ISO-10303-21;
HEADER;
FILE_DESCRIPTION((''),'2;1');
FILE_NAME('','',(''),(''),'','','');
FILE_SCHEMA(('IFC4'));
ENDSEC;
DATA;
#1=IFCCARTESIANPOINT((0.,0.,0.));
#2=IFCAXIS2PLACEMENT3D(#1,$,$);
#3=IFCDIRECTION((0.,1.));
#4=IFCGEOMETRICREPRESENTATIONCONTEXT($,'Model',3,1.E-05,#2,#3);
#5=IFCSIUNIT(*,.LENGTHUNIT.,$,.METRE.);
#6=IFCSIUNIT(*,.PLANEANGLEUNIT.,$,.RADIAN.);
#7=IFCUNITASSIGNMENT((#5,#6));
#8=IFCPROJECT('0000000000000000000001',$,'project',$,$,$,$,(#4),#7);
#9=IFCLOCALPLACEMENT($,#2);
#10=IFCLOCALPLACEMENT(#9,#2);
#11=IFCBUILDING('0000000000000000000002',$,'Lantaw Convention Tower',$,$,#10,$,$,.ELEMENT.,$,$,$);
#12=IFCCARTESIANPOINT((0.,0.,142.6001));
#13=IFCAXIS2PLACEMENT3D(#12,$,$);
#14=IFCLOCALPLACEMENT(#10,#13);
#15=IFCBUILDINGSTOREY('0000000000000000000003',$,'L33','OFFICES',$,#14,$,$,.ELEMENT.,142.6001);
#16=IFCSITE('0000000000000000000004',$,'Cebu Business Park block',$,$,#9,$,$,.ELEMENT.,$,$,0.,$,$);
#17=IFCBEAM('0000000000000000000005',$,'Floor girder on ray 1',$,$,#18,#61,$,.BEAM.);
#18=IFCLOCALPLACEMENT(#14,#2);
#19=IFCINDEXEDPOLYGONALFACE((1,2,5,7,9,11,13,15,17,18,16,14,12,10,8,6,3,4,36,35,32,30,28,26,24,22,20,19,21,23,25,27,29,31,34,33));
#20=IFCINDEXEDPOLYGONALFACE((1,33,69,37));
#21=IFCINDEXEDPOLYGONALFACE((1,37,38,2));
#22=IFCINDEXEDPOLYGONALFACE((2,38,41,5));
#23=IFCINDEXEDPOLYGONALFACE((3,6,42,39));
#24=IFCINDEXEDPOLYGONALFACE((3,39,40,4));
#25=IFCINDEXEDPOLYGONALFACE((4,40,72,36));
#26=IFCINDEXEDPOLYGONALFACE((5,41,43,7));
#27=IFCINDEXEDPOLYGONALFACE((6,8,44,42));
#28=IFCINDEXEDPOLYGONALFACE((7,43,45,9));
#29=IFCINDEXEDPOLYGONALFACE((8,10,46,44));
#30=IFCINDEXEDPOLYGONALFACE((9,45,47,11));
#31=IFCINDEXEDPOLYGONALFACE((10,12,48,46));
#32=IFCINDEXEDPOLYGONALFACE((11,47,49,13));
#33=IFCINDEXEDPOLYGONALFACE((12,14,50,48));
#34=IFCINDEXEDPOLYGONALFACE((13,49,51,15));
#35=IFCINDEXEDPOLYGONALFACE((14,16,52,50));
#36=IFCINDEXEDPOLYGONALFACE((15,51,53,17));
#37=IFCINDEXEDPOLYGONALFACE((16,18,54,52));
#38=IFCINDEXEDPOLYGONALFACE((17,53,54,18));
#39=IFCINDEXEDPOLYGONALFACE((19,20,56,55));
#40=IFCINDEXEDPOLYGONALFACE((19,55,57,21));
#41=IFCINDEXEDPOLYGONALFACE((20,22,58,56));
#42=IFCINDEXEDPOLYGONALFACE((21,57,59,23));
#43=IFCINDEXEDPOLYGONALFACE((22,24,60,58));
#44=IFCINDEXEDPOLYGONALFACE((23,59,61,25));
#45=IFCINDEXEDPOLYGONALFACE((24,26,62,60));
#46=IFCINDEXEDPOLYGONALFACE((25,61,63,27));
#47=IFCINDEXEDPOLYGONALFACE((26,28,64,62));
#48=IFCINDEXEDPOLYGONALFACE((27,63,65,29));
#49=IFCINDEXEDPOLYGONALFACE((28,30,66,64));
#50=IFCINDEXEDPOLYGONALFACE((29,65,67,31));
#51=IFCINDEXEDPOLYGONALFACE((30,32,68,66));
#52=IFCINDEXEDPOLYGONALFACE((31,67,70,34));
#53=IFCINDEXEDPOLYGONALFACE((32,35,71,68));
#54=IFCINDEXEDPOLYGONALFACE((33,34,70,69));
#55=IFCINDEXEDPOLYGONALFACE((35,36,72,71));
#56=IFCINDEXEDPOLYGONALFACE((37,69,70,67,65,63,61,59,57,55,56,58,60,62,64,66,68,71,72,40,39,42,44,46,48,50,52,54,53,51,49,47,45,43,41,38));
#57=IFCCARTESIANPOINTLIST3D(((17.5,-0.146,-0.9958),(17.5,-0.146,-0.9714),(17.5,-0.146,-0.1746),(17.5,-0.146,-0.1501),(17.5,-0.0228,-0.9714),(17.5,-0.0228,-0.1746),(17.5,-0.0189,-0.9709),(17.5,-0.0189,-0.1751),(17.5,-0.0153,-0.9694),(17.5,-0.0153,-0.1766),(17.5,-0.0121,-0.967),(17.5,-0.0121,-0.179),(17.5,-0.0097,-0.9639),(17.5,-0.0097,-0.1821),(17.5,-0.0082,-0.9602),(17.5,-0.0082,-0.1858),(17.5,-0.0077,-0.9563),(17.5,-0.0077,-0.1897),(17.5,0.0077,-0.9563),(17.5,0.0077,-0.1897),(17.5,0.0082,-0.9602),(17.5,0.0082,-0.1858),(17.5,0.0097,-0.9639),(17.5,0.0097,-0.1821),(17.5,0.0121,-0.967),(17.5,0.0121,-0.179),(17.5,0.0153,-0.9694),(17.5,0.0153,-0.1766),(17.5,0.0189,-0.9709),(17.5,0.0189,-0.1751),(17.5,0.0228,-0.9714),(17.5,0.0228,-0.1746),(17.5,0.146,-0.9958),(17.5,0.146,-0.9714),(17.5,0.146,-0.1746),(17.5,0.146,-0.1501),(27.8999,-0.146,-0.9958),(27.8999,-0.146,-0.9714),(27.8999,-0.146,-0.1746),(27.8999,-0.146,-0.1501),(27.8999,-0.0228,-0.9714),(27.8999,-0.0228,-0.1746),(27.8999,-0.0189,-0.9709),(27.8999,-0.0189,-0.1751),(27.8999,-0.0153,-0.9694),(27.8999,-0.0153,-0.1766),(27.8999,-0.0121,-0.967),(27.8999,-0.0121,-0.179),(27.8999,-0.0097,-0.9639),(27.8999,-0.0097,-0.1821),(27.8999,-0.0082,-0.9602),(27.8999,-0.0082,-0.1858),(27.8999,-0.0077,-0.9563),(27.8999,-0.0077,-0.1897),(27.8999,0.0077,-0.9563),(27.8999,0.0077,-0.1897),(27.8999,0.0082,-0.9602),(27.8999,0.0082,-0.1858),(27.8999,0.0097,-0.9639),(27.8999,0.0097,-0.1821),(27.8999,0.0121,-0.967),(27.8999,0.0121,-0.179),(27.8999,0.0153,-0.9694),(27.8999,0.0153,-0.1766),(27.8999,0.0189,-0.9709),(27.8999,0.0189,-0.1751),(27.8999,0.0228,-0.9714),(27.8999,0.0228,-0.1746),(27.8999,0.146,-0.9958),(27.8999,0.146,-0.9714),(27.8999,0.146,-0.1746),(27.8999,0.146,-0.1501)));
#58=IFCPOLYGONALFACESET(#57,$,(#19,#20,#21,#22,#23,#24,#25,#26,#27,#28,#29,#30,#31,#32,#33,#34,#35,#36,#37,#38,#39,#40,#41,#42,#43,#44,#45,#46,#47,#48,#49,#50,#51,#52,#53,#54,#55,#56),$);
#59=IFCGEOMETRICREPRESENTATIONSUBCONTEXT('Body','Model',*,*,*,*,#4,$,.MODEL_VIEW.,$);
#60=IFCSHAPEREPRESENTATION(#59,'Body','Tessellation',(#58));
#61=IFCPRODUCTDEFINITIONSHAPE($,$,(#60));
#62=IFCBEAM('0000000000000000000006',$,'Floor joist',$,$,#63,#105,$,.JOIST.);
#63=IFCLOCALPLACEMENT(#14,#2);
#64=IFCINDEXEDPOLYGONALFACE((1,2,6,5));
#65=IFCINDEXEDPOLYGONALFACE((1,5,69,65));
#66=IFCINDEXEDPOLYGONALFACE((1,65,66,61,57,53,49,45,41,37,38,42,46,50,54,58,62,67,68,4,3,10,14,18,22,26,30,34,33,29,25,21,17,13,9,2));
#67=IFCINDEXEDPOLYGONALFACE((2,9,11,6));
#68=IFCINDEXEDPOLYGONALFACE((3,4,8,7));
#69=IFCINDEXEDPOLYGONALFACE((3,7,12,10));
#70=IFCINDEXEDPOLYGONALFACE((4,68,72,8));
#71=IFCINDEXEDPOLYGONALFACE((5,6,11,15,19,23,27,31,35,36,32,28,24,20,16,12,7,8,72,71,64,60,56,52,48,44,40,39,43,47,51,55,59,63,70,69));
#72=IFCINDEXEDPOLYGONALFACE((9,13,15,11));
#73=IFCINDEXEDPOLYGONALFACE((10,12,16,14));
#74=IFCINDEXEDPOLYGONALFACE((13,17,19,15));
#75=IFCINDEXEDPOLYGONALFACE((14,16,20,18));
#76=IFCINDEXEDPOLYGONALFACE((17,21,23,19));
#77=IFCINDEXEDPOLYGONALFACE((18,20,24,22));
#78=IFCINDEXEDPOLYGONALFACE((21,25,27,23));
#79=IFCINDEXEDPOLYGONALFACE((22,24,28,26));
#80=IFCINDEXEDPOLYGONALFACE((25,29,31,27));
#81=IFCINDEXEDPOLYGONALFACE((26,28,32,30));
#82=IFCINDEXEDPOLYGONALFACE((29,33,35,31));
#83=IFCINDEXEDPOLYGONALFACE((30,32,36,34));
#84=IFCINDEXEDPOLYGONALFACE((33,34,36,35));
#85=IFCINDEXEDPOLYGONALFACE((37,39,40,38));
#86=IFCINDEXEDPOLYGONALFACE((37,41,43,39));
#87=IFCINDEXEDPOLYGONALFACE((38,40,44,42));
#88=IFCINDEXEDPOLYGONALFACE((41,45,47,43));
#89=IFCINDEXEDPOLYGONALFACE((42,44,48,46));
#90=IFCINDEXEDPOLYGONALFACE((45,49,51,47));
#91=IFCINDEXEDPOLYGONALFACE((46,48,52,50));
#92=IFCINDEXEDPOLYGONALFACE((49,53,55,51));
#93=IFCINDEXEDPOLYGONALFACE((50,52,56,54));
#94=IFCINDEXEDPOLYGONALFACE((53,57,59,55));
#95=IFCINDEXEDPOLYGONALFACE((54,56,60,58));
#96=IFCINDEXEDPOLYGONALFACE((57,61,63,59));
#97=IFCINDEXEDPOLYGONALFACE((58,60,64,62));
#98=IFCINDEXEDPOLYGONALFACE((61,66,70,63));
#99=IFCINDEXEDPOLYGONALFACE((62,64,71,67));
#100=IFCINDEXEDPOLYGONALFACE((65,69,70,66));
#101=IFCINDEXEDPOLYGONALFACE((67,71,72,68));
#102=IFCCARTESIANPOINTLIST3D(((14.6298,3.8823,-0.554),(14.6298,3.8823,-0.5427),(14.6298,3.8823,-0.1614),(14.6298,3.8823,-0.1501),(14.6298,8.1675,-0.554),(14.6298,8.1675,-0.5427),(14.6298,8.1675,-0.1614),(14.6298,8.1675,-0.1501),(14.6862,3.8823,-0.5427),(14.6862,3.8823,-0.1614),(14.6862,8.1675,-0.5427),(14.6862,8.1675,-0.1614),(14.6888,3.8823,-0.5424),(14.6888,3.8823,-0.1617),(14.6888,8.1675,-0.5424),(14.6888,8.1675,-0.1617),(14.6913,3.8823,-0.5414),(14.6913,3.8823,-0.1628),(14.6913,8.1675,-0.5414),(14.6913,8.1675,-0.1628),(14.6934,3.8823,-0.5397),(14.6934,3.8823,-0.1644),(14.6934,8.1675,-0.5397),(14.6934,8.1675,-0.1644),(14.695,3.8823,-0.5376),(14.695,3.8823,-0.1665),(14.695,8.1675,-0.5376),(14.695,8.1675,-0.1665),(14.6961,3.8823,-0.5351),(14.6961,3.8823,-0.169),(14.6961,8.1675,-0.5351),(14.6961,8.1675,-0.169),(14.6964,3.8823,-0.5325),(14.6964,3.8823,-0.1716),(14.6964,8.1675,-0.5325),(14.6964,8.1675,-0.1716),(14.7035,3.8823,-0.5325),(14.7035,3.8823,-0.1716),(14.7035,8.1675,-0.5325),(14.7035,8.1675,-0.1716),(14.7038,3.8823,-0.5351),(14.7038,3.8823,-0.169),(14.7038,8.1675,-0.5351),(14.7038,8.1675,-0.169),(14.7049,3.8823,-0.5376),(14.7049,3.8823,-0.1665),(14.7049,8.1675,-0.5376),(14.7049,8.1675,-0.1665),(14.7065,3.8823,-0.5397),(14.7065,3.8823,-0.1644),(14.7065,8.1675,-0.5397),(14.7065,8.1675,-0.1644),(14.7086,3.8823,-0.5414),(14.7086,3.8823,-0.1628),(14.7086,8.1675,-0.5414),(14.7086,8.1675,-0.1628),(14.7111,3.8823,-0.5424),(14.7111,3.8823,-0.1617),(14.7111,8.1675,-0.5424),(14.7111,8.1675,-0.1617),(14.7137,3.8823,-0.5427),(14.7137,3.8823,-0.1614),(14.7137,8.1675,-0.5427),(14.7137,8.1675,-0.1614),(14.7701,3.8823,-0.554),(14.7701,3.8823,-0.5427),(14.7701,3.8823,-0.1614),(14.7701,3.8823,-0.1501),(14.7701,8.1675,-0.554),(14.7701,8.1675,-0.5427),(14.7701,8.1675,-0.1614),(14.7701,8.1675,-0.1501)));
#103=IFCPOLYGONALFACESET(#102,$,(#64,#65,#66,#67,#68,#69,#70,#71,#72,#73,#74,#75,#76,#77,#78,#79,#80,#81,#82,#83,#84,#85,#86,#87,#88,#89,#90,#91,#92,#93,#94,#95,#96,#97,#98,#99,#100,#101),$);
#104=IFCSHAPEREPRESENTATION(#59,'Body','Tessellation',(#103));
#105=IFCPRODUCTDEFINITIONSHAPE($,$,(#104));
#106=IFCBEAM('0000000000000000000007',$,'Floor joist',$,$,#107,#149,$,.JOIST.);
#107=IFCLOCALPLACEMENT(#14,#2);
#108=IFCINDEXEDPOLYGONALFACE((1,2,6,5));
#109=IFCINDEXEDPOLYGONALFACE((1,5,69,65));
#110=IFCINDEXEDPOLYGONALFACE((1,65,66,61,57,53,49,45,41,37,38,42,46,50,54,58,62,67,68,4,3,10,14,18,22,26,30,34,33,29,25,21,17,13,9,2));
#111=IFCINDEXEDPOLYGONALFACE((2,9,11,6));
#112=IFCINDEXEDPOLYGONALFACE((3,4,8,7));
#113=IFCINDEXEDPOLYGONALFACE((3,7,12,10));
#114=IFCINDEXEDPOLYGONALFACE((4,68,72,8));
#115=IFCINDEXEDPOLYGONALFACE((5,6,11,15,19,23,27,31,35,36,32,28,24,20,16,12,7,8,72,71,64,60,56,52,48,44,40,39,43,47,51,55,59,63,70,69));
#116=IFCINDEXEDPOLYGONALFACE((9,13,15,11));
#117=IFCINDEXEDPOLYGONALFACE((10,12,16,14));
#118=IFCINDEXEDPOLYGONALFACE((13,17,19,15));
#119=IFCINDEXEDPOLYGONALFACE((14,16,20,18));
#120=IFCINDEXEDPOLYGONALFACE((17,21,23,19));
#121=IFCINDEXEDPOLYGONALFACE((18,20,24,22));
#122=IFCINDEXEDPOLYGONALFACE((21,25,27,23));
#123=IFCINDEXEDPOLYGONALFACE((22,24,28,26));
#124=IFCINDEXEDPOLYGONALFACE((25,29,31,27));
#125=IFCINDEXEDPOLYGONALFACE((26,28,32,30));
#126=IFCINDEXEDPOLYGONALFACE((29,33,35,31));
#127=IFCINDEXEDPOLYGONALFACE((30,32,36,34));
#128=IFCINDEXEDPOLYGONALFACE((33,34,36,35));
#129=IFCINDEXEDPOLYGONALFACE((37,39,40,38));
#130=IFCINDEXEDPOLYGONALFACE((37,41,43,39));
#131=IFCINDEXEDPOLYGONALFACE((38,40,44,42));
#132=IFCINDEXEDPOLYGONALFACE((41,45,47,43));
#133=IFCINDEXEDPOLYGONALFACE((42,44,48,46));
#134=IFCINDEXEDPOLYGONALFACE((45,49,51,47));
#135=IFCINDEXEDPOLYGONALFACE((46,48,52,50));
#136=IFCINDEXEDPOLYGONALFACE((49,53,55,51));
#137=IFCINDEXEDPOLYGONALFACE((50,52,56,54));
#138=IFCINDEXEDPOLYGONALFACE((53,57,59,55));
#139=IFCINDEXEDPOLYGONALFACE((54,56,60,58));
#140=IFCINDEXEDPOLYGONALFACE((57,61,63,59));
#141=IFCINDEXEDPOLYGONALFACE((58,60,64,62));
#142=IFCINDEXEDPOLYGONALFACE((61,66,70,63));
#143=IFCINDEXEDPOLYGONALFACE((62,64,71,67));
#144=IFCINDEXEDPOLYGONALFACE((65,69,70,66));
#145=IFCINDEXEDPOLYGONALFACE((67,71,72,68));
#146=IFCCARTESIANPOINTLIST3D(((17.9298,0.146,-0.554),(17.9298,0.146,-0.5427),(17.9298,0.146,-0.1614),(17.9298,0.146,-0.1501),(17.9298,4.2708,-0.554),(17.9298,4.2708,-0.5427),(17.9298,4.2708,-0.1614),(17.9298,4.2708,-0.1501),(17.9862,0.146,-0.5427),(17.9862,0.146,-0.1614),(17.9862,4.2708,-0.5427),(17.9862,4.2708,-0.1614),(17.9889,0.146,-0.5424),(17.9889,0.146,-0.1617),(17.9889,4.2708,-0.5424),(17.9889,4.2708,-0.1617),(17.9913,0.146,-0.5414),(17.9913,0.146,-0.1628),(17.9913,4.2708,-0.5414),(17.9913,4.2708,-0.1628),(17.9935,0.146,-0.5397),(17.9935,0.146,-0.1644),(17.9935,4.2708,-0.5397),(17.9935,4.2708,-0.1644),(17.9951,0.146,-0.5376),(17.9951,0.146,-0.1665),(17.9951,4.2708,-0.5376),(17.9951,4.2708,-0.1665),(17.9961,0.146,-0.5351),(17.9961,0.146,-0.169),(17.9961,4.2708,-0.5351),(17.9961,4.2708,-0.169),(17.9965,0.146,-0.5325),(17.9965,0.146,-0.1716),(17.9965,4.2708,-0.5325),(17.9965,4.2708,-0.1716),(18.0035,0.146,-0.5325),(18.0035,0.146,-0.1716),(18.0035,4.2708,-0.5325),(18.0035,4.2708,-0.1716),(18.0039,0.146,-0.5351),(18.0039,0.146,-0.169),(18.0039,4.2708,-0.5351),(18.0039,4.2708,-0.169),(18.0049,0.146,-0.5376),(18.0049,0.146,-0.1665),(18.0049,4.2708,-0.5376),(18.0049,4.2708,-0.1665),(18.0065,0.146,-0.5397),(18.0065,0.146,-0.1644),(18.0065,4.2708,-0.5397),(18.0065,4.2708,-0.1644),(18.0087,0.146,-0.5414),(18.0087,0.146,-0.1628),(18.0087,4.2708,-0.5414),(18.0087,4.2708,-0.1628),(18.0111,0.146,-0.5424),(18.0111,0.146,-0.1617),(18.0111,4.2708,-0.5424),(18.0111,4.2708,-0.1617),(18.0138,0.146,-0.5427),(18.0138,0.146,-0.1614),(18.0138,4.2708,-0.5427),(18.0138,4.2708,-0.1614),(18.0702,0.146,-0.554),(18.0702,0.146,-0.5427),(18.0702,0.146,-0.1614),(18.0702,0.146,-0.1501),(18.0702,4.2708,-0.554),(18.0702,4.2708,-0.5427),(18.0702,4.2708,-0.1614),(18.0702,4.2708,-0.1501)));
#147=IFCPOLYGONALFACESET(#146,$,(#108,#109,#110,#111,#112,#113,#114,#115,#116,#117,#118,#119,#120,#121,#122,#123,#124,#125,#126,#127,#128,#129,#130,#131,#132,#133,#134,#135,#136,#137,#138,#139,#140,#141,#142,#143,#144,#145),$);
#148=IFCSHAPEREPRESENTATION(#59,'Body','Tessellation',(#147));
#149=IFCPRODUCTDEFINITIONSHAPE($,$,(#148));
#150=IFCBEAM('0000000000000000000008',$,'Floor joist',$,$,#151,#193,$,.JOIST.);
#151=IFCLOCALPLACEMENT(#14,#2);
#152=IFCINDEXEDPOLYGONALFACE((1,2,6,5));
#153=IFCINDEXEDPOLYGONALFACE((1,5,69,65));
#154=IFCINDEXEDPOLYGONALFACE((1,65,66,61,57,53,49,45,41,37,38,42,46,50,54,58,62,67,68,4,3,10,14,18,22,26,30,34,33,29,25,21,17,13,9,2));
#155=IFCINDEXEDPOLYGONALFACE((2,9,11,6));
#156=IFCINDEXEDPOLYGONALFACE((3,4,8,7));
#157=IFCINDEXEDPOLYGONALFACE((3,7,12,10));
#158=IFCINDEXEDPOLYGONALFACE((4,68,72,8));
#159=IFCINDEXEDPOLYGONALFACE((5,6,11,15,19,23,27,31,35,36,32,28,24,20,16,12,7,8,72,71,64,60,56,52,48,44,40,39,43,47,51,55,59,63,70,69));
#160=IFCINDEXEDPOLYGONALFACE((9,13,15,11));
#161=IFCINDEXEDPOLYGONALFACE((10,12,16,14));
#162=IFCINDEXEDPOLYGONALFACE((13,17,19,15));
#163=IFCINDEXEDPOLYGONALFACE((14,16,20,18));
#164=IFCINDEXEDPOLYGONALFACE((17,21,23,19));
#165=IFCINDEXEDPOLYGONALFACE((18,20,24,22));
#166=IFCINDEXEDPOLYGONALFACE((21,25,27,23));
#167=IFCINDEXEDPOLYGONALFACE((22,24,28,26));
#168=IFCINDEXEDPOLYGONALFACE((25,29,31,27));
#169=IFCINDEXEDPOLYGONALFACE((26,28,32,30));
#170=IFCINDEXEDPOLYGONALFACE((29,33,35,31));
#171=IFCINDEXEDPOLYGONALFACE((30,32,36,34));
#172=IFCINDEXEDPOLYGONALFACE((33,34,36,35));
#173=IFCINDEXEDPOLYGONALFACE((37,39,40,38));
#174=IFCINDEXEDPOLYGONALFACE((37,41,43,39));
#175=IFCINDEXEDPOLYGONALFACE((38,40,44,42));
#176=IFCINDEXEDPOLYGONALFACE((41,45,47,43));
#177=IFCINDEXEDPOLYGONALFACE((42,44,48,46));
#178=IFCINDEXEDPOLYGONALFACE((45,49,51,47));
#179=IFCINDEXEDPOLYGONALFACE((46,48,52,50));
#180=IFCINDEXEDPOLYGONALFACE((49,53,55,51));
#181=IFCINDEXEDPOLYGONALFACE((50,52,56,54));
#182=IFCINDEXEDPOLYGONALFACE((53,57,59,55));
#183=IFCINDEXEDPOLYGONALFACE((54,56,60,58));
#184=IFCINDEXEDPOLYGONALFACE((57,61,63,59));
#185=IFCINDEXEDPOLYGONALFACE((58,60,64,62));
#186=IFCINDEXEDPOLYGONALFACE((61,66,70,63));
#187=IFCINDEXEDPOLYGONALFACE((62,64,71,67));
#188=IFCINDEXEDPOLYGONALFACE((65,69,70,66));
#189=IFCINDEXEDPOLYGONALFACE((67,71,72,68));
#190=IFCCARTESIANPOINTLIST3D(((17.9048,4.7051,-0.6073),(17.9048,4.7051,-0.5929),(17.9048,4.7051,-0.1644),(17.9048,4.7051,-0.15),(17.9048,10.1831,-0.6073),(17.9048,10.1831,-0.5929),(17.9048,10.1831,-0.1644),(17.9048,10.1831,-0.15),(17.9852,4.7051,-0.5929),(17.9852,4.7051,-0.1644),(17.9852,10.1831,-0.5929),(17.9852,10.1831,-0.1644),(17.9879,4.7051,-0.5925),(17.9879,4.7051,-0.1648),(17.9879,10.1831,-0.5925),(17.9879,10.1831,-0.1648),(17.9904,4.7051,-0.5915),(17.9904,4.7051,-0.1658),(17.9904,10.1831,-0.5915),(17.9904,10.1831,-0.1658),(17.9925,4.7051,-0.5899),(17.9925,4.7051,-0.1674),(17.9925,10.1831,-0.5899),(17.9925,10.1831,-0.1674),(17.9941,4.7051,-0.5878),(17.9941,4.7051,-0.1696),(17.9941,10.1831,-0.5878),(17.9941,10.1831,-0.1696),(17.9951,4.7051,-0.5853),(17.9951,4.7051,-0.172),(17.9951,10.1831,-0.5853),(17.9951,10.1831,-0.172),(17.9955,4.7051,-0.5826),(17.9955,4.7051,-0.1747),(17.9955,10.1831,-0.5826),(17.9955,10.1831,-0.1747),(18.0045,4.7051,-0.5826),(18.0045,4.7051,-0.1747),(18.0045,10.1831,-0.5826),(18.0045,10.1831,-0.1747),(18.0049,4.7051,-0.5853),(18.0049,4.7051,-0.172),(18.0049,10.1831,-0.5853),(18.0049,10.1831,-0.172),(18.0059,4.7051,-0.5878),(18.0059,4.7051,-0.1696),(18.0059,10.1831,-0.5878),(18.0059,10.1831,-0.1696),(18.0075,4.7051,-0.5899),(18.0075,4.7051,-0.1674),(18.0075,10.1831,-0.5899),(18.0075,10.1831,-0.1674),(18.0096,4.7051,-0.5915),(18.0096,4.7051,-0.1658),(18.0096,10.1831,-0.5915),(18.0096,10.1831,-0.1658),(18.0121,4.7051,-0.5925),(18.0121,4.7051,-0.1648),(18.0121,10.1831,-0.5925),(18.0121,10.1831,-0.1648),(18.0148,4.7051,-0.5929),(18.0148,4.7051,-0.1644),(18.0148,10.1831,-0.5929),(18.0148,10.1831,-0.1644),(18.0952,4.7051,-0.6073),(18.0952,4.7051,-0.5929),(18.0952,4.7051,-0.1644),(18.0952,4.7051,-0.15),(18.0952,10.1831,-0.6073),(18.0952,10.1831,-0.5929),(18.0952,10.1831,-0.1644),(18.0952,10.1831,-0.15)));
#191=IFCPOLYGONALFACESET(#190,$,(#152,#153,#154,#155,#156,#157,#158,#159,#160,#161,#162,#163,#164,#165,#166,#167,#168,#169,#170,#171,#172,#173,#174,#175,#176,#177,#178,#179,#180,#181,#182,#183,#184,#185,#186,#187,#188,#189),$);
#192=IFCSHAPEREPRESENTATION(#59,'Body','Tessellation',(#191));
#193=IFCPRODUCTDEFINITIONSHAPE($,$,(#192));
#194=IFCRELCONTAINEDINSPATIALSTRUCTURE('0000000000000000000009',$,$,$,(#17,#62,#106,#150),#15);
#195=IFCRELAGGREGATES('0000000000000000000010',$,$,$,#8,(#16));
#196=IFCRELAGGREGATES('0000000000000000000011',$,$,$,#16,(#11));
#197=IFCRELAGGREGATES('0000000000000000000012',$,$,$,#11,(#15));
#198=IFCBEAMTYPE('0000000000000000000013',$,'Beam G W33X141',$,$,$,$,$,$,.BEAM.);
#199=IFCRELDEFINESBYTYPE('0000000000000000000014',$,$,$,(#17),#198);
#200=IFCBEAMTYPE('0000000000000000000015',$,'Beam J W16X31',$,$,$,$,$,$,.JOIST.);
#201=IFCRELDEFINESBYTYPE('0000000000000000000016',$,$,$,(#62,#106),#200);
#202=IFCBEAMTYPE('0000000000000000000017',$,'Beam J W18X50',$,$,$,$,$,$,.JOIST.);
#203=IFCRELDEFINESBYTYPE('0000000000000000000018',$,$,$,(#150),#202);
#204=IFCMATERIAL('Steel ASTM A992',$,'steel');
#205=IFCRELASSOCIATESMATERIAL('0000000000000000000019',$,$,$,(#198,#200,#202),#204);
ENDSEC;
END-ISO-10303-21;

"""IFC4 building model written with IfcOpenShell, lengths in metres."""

from ifc_helpers import new_model, si_unit, direction, frame, origin, origin_2d, place, context, subcontext, project, spatial, i_section, extrude, material, material_profile, profile_set, type_object, element, save


model = new_model("IFC4")

# Units and contexts
model_context = context("Model", 3, precision=1e-05, world=origin(), true_north=direction((0.0, 1.0)))
body_context = subcontext(model_context, "Body", "Model", "MODEL_VIEW")
ifc_project = project(units=[si_unit("LENGTHUNIT", "METRE"), si_unit("PLANEANGLEUNIT", "RADIAN")], contexts=[model_context])

# Site, building, storey
site_placement = place(None, origin())
site = spatial("IfcSite", under=ifc_project, at=site_placement, Name="Cebu Business Park block", CompositionType="ELEMENT", RefElevation=0.0)
building_placement = place(site_placement, origin())
building = spatial("IfcBuilding", under=site, at=building_placement, Name="Lantaw Convention Tower", CompositionType="ELEMENT")
storey_placement = place(building_placement, frame((0.0, 0.0, 142.6001)))
storey = spatial("IfcBuildingStorey", under=building, at=storey_placement, Name="L33", Description="OFFICES", CompositionType="ELEMENT", Elevation=142.6001)

# Beams
ifc_material_1 = material(Name="Steel ASTM A992", Category="steel")
ifc_material_profile_1 = material_profile(ifc_material_1, i_section(OverallWidth=0.292, OverallDepth=0.8457, WebThickness=0.0154, FlangeThickness=0.0244, FilletRadius=0.0151, at=origin_2d()), Name="W33X141")
ifc_profile_set_1 = profile_set([ifc_material_profile_1], Name="Steel ASTM A992")
beam_type_1 = type_object("IfcBeamType", Name="Beam G W33X141", PredefinedType="BEAM", material=ifc_profile_set_1)
beam_1_placement = place(storey_placement, frame((17.5, 0.0, -0.573), z_axis=(1.0, 0.0, 0.0), x_axis=(0.0, 1.0, 0.0)))
element("IfcBeam", 1, at=beam_1_placement, inside=storey, type_object=beam_type_1, Name="Floor girder on ray 1", PredefinedType="BEAM", context=body_context, shape_type="SweptSolid", body=[
    extrude(i_section(OverallWidth=0.292, OverallDepth=0.8457, WebThickness=0.0154, FlangeThickness=0.0244, FilletRadius=0.0151, at=origin_2d()), origin(), (0.0, 0.0, 1.0), 10.3999),
])
ifc_material_profile_2 = material_profile(ifc_material_1, i_section(OverallWidth=0.1404, OverallDepth=0.4038, WebThickness=0.0071, FlangeThickness=0.0112, FilletRadius=0.0103, at=origin_2d()), Name="W16X31")
ifc_profile_set_2 = profile_set([ifc_material_profile_2], Name="Steel ASTM A992")
beam_type_2 = type_object("IfcBeamType", Name="Beam J W16X31", PredefinedType="JOIST", material=ifc_profile_set_2)
beam_2_placement = place(storey_placement, frame((14.7, 3.8823, -0.3521), z_axis=(0.0, 1.0, 0.0), x_axis=(-1.0, 0.0, 0.0)))
element("IfcBeam", 2, at=beam_2_placement, inside=storey, type_object=beam_type_2, Name="Floor joist", PredefinedType="JOIST", context=body_context, shape_type="SweptSolid", body=[
    extrude(i_section(OverallWidth=0.1404, OverallDepth=0.4038, WebThickness=0.0071, FlangeThickness=0.0112, FilletRadius=0.0103, at=origin_2d()), origin(), (0.0, 0.0, 1.0), 4.2852),
])
beam_3_placement = place(storey_placement, frame((18.0, 0.146, -0.3521), z_axis=(0.0, 1.0, 0.0), x_axis=(-1.0, 0.0, 0.0)))
element("IfcBeam", 3, at=beam_3_placement, inside=storey, type_object=beam_type_2, Name="Floor joist", PredefinedType="JOIST", context=body_context, shape_type="SweptSolid", body=[
    extrude(i_section(OverallWidth=0.1404, OverallDepth=0.4038, WebThickness=0.0071, FlangeThickness=0.0112, FilletRadius=0.0103, at=origin_2d()), origin(), (0.0, 0.0, 1.0), 4.1248),
])
ifc_material_profile_3 = material_profile(ifc_material_1, i_section(OverallWidth=0.1904, OverallDepth=0.4573, WebThickness=0.009, FlangeThickness=0.0144, FilletRadius=0.0103, at=origin_2d()), Name="W18X50")
ifc_profile_set_3 = profile_set([ifc_material_profile_3], Name="Steel ASTM A992")
beam_type_3 = type_object("IfcBeamType", Name="Beam J W18X50", PredefinedType="JOIST", material=ifc_profile_set_3)
beam_4_placement = place(storey_placement, frame((18.0, 4.7051, -0.3787), z_axis=(0.0, 1.0, 0.0), x_axis=(-1.0, 0.0, 0.0)))
element("IfcBeam", 4, at=beam_4_placement, inside=storey, type_object=beam_type_3, Name="Floor joist", PredefinedType="JOIST", context=body_context, shape_type="SweptSolid", body=[
    extrude(i_section(OverallWidth=0.1904, OverallDepth=0.4573, WebThickness=0.009, FlangeThickness=0.0144, FilletRadius=0.0103, at=origin_2d()), origin(), (0.0, 0.0, 1.0), 5.478),
])

save(model, "model.ifc")
